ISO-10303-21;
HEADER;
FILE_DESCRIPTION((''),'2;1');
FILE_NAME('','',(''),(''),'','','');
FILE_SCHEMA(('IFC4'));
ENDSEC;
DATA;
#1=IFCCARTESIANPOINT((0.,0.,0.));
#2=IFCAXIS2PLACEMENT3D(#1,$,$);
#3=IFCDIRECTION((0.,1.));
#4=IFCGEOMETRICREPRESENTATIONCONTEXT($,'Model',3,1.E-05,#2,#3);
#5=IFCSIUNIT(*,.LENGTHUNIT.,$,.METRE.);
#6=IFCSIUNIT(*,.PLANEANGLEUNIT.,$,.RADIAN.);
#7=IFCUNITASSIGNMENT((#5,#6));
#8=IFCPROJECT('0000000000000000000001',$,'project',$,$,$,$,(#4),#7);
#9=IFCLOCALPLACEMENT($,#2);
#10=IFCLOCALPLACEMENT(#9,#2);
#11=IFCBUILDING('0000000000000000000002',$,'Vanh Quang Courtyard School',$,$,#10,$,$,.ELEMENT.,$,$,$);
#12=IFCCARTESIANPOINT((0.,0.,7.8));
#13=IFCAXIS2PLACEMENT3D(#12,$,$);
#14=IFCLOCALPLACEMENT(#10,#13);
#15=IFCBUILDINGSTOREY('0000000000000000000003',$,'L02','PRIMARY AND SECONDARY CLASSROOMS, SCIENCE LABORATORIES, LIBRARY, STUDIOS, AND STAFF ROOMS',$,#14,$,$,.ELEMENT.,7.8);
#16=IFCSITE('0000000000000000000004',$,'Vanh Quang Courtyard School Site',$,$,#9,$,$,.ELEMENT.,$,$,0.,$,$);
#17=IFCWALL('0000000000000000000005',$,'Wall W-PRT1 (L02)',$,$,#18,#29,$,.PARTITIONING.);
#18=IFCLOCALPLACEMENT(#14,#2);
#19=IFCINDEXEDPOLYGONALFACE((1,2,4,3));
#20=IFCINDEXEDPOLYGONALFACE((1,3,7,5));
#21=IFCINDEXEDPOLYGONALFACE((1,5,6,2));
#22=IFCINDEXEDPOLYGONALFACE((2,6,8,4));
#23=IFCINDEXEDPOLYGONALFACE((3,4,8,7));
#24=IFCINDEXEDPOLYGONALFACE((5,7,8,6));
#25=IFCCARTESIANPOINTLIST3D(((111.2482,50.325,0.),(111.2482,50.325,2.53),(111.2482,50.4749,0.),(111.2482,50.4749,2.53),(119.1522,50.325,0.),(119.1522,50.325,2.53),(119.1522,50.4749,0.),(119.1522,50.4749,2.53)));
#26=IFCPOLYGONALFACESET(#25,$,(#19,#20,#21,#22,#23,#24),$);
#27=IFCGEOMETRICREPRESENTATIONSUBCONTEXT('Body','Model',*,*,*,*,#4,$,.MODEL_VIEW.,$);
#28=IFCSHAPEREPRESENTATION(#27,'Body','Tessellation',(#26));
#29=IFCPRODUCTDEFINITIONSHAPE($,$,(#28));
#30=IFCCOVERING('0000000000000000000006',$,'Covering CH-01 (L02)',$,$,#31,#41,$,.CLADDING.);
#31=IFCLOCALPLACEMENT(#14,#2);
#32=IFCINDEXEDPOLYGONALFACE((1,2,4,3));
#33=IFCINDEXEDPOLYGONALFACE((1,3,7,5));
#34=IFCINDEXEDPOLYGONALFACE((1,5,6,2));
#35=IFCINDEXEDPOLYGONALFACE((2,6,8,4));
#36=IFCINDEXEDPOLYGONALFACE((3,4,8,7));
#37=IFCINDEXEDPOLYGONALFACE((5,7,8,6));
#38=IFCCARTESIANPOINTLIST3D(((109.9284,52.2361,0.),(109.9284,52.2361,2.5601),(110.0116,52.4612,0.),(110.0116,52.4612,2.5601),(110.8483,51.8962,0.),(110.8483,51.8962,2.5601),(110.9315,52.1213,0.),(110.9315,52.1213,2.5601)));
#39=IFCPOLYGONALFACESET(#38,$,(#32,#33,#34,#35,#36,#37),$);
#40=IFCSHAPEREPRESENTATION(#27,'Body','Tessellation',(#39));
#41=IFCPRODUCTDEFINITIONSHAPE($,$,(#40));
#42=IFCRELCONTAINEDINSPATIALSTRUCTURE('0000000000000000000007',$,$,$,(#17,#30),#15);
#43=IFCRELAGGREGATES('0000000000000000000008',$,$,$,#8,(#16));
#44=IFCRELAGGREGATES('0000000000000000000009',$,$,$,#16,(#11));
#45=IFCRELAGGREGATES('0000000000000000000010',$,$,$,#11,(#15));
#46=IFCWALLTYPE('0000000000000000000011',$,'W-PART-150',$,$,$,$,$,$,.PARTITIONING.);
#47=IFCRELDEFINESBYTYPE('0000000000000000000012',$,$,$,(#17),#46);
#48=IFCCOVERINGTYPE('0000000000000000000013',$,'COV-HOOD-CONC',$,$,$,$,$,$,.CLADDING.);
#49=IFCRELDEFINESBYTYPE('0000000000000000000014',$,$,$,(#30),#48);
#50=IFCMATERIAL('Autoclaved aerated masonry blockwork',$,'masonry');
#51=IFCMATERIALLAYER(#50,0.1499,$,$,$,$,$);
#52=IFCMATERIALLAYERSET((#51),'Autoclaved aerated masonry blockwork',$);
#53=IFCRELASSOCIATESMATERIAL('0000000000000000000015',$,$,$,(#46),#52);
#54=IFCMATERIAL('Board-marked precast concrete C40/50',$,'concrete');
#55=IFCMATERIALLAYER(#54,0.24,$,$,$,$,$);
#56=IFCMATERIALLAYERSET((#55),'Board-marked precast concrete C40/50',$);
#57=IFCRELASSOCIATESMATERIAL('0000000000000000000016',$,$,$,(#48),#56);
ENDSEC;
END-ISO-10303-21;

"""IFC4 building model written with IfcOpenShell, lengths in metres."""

from ifc_helpers import new_model, si_unit, direction, frame, frame_2d, origin, origin_2d, place, context, subcontext, project, spatial, rectangle, extrude, material, layer, layer_set, type_object, element, save


model = new_model("IFC4")

# Units and contexts
model_context = context("Model", 3, precision=1e-05, world=origin(), true_north=direction((0.0, 1.0)))
body_context = subcontext(model_context, "Body", "Model", "MODEL_VIEW")
ifc_project = project(units=[si_unit("LENGTHUNIT", "METRE"), si_unit("PLANEANGLEUNIT", "RADIAN")], contexts=[model_context])

# Site, building, storey
site_placement = place(None, origin())
site = spatial("IfcSite", under=ifc_project, at=site_placement, Name="Vanh Quang Courtyard School Site", CompositionType="ELEMENT", RefElevation=0.0)
building_placement = place(site_placement, origin())
building = spatial("IfcBuilding", under=site, at=building_placement, Name="Vanh Quang Courtyard School", CompositionType="ELEMENT")
storey_placement = place(building_placement, frame((0.0, 0.0, 7.8)))
storey = spatial("IfcBuildingStorey", under=building, at=storey_placement, Name="L02", Description="PRIMARY AND SECONDARY CLASSROOMS, SCIENCE LABORATORIES, LIBRARY, STUDIOS, AND STAFF ROOMS", CompositionType="ELEMENT", Elevation=7.8)

# Wall
ifc_material_1 = material(Name="Autoclaved aerated masonry blockwork", Category="masonry")
ifc_layer_1 = layer(ifc_material_1, 0.1499)
ifc_layer_set_1 = layer_set([ifc_layer_1], Name="Autoclaved aerated masonry blockwork")
wall_type_1 = type_object("IfcWallType", Name="W-PART-150", PredefinedType="PARTITIONING", material=ifc_layer_set_1)
wall_1_placement = place(storey_placement, frame((111.248, 50.3999, 0.0), z_axis=(0.0, 0.0, 1.0), x_axis=(1.0, 0.0, 0.0)))
element("IfcWall", 1, at=wall_1_placement, inside=storey, type_object=wall_type_1, Name="Wall W-PRT1 (L02)", PredefinedType="PARTITIONING", context=body_context, shape_type="SweptSolid", body=[
    extrude(rectangle(XDim=7.9041, YDim=0.1499, at=frame_2d((3.9521, 0.0))), origin(), (0.0, 0.0, 1.0), 2.53),
])

# Covering
ifc_material_2 = material(Name="Board-marked precast concrete C40/50", Category="concrete")
ifc_layer_2 = layer(ifc_material_2, 0.24)
ifc_layer_set_2 = layer_set([ifc_layer_2], Name="Board-marked precast concrete C40/50")
covering_type = type_object("IfcCoveringType", Name="COV-HOOD-CONC", PredefinedType="CLADDING", material=ifc_layer_set_2)
covering_placement = place(storey_placement, frame((110.4299, 52.1787, 0.0), z_axis=(0.0, 0.0, 1.0), x_axis=(-0.93801, 0.346608, 0.0)))
element("IfcCovering", 2, at=covering_placement, inside=storey, type_object=covering_type, Name="Covering CH-01 (L02)", PredefinedType="CLADDING", context=body_context, shape_type="SweptSolid", body=[
    extrude(rectangle(XDim=0.9807, YDim=0.24, at=origin_2d()), origin(), (0.0, 0.0, 1.0), 2.5601),
])

save(model, "model.ifc")
